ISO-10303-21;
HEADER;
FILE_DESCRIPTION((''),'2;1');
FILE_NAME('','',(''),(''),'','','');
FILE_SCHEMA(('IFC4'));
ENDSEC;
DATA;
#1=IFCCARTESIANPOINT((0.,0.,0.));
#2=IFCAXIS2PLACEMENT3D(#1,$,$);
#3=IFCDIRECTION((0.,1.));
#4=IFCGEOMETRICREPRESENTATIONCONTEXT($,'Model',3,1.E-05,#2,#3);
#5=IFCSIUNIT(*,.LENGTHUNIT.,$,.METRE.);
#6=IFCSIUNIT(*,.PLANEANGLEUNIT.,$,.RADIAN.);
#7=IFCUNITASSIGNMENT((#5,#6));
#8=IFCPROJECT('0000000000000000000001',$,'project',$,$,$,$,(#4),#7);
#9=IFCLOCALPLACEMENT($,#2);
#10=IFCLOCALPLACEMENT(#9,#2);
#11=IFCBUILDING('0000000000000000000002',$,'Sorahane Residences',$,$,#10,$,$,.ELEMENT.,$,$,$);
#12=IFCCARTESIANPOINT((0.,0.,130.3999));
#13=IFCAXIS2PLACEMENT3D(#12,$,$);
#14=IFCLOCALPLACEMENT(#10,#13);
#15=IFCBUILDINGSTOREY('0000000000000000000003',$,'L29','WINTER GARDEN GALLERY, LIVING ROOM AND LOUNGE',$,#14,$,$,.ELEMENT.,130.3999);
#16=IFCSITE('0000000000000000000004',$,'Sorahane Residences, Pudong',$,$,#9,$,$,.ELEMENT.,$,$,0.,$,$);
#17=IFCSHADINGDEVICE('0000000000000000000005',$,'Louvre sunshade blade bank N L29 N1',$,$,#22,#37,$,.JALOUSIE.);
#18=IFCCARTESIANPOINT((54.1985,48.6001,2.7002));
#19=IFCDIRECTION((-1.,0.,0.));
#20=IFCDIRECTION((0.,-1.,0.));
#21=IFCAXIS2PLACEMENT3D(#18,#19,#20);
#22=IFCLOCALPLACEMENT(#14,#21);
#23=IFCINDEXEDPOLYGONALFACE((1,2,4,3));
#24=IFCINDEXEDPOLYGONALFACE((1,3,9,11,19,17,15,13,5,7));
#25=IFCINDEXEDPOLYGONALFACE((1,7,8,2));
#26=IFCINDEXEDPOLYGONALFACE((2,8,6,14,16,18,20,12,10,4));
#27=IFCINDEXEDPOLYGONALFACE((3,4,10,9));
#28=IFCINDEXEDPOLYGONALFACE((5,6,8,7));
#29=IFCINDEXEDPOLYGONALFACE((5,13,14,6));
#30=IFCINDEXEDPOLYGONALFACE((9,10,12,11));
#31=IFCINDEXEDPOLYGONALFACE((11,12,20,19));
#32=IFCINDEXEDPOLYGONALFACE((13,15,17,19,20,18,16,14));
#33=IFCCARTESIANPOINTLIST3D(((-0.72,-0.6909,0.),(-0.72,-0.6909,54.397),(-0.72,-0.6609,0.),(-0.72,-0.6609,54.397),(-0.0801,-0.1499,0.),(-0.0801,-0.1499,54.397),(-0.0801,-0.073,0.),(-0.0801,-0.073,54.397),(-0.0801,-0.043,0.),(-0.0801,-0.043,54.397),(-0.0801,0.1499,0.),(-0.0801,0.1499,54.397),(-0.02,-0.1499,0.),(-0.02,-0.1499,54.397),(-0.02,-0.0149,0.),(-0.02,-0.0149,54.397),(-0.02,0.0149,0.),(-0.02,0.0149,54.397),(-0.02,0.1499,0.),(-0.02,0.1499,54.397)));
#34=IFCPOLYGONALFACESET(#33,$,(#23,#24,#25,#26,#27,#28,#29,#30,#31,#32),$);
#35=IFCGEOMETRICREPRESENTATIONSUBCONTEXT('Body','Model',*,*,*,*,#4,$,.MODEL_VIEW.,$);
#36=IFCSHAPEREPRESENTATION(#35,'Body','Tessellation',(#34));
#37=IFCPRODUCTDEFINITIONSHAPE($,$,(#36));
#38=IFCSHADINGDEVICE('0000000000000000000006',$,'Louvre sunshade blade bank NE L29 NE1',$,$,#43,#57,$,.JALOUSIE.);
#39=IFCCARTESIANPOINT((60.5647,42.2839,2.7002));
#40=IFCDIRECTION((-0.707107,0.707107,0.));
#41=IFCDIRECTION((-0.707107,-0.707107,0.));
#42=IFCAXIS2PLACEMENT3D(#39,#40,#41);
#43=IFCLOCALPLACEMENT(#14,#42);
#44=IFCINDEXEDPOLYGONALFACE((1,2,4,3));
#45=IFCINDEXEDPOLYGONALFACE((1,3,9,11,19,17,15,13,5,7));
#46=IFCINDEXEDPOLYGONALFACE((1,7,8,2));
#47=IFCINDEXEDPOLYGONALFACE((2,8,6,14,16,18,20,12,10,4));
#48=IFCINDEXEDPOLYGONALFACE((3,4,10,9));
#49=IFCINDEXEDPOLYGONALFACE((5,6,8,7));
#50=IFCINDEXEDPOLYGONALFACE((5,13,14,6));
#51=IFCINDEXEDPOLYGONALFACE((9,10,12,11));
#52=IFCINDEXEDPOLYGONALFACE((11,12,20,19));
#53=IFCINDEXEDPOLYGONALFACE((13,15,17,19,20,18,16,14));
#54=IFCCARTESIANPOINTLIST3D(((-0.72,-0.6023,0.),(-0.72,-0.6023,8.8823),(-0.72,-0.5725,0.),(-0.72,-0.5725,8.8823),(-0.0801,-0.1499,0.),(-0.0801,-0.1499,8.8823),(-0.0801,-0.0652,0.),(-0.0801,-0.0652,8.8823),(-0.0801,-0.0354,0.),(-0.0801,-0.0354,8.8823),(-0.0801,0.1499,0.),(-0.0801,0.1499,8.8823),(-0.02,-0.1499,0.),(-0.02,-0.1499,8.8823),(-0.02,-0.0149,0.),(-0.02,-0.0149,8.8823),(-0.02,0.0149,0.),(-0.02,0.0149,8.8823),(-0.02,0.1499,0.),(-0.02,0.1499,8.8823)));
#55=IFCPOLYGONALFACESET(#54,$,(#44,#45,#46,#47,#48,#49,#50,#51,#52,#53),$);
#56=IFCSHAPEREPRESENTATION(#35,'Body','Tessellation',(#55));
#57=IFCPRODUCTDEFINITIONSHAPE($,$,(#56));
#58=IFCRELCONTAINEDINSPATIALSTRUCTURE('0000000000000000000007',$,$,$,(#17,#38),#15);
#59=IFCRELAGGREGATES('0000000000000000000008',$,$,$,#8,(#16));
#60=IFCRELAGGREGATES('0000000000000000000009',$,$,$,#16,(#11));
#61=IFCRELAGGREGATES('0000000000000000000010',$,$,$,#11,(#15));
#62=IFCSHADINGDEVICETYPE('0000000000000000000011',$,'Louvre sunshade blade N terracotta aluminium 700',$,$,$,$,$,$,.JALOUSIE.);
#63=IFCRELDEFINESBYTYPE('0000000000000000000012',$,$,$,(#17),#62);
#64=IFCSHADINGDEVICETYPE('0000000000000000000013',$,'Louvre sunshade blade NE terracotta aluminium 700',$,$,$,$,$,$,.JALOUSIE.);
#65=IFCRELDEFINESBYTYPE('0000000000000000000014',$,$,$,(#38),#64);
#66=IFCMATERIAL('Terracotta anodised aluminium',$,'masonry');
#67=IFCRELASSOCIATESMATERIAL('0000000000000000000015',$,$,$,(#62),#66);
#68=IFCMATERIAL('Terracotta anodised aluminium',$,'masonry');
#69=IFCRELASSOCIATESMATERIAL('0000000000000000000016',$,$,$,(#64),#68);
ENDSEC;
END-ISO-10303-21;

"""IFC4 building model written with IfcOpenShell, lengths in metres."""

from ifc_helpers import new_model, si_unit, direction, frame, origin, place, context, subcontext, project, spatial, polyline, outline, extrude, material, type_object, element, save


model = new_model("IFC4")

# Units and contexts
model_context = context("Model", 3, precision=1e-05, world=origin(), true_north=direction((0.0, 1.0)))
body_context = subcontext(model_context, "Body", "Model", "MODEL_VIEW")
ifc_project = project(units=[si_unit("LENGTHUNIT", "METRE"), si_unit("PLANEANGLEUNIT", "RADIAN")], contexts=[model_context])

# Site, building, storey
site_placement = place(None, origin())
site = spatial("IfcSite", under=ifc_project, at=site_placement, Name="Sorahane Residences, Pudong", CompositionType="ELEMENT", RefElevation=0.0)
building_placement = place(site_placement, origin())
building = spatial("IfcBuilding", under=site, at=building_placement, Name="Sorahane Residences", CompositionType="ELEMENT")
storey_placement = place(building_placement, frame((0.0, 0.0, 130.3999)))
storey = spatial("IfcBuildingStorey", under=building, at=storey_placement, Name="L29", Description="WINTER GARDEN GALLERY, LIVING ROOM AND LOUNGE", CompositionType="ELEMENT", Elevation=130.3999)

# Shading devices
ifc_material_1 = material(Name="Terracotta anodised aluminium", Category="masonry")
shading_device_type_1 = type_object("IfcShadingDeviceType", Name="Louvre sunshade blade N terracotta aluminium 700", PredefinedType="JALOUSIE", material=ifc_material_1)
shading_device_1_placement = place(storey_placement, frame((54.1985, 48.6001, 2.7002), z_axis=(-1.0, 0.0, 0.0), x_axis=(0.0, -1.0, 0.0)))
element("IfcShadingDevice", 1, at=shading_device_1_placement, inside=storey, type_object=shading_device_type_1, Name="Louvre sunshade blade bank N L29 N1", PredefinedType="JALOUSIE", context=body_context, shape_type="SweptSolid", body=[
    extrude(outline(polyline([(-0.72, -0.6609), (-0.72, -0.6909), (-0.0801, -0.073), (-0.0801, -0.1499), (-0.02, -0.1499), (-0.02, -0.0149), (-0.02, 0.0149), (-0.02, 0.1499), (-0.0801, 0.1499), (-0.0801, -0.043), (-0.72, -0.6609)])), origin(), (0.0, 0.0, 1.0), 54.397),
])
ifc_material_2 = material(Name="Terracotta anodised aluminium", Category="masonry")
shading_device_type_2 = type_object("IfcShadingDeviceType", Name="Louvre sunshade blade NE terracotta aluminium 700", PredefinedType="JALOUSIE", material=ifc_material_2)
shading_device_2_placement = place(storey_placement, frame((60.5647, 42.2839, 2.7002), z_axis=(-0.707107, 0.707107, 0.0), x_axis=(-0.707107, -0.707107, 0.0)))
element("IfcShadingDevice", 2, at=shading_device_2_placement, inside=storey, type_object=shading_device_type_2, Name="Louvre sunshade blade bank NE L29 NE1", PredefinedType="JALOUSIE", context=body_context, shape_type="SweptSolid", body=[
    extrude(outline(polyline([(-0.72, -0.5725), (-0.72, -0.6023), (-0.0801, -0.0652), (-0.0801, -0.1499), (-0.02, -0.1499), (-0.02, -0.0149), (-0.02, 0.0149), (-0.02, 0.1499), (-0.0801, 0.1499), (-0.0801, -0.0354), (-0.72, -0.5725)])), origin(), (0.0, 0.0, 1.0), 8.8823),
])

save(model, "model.ifc")
